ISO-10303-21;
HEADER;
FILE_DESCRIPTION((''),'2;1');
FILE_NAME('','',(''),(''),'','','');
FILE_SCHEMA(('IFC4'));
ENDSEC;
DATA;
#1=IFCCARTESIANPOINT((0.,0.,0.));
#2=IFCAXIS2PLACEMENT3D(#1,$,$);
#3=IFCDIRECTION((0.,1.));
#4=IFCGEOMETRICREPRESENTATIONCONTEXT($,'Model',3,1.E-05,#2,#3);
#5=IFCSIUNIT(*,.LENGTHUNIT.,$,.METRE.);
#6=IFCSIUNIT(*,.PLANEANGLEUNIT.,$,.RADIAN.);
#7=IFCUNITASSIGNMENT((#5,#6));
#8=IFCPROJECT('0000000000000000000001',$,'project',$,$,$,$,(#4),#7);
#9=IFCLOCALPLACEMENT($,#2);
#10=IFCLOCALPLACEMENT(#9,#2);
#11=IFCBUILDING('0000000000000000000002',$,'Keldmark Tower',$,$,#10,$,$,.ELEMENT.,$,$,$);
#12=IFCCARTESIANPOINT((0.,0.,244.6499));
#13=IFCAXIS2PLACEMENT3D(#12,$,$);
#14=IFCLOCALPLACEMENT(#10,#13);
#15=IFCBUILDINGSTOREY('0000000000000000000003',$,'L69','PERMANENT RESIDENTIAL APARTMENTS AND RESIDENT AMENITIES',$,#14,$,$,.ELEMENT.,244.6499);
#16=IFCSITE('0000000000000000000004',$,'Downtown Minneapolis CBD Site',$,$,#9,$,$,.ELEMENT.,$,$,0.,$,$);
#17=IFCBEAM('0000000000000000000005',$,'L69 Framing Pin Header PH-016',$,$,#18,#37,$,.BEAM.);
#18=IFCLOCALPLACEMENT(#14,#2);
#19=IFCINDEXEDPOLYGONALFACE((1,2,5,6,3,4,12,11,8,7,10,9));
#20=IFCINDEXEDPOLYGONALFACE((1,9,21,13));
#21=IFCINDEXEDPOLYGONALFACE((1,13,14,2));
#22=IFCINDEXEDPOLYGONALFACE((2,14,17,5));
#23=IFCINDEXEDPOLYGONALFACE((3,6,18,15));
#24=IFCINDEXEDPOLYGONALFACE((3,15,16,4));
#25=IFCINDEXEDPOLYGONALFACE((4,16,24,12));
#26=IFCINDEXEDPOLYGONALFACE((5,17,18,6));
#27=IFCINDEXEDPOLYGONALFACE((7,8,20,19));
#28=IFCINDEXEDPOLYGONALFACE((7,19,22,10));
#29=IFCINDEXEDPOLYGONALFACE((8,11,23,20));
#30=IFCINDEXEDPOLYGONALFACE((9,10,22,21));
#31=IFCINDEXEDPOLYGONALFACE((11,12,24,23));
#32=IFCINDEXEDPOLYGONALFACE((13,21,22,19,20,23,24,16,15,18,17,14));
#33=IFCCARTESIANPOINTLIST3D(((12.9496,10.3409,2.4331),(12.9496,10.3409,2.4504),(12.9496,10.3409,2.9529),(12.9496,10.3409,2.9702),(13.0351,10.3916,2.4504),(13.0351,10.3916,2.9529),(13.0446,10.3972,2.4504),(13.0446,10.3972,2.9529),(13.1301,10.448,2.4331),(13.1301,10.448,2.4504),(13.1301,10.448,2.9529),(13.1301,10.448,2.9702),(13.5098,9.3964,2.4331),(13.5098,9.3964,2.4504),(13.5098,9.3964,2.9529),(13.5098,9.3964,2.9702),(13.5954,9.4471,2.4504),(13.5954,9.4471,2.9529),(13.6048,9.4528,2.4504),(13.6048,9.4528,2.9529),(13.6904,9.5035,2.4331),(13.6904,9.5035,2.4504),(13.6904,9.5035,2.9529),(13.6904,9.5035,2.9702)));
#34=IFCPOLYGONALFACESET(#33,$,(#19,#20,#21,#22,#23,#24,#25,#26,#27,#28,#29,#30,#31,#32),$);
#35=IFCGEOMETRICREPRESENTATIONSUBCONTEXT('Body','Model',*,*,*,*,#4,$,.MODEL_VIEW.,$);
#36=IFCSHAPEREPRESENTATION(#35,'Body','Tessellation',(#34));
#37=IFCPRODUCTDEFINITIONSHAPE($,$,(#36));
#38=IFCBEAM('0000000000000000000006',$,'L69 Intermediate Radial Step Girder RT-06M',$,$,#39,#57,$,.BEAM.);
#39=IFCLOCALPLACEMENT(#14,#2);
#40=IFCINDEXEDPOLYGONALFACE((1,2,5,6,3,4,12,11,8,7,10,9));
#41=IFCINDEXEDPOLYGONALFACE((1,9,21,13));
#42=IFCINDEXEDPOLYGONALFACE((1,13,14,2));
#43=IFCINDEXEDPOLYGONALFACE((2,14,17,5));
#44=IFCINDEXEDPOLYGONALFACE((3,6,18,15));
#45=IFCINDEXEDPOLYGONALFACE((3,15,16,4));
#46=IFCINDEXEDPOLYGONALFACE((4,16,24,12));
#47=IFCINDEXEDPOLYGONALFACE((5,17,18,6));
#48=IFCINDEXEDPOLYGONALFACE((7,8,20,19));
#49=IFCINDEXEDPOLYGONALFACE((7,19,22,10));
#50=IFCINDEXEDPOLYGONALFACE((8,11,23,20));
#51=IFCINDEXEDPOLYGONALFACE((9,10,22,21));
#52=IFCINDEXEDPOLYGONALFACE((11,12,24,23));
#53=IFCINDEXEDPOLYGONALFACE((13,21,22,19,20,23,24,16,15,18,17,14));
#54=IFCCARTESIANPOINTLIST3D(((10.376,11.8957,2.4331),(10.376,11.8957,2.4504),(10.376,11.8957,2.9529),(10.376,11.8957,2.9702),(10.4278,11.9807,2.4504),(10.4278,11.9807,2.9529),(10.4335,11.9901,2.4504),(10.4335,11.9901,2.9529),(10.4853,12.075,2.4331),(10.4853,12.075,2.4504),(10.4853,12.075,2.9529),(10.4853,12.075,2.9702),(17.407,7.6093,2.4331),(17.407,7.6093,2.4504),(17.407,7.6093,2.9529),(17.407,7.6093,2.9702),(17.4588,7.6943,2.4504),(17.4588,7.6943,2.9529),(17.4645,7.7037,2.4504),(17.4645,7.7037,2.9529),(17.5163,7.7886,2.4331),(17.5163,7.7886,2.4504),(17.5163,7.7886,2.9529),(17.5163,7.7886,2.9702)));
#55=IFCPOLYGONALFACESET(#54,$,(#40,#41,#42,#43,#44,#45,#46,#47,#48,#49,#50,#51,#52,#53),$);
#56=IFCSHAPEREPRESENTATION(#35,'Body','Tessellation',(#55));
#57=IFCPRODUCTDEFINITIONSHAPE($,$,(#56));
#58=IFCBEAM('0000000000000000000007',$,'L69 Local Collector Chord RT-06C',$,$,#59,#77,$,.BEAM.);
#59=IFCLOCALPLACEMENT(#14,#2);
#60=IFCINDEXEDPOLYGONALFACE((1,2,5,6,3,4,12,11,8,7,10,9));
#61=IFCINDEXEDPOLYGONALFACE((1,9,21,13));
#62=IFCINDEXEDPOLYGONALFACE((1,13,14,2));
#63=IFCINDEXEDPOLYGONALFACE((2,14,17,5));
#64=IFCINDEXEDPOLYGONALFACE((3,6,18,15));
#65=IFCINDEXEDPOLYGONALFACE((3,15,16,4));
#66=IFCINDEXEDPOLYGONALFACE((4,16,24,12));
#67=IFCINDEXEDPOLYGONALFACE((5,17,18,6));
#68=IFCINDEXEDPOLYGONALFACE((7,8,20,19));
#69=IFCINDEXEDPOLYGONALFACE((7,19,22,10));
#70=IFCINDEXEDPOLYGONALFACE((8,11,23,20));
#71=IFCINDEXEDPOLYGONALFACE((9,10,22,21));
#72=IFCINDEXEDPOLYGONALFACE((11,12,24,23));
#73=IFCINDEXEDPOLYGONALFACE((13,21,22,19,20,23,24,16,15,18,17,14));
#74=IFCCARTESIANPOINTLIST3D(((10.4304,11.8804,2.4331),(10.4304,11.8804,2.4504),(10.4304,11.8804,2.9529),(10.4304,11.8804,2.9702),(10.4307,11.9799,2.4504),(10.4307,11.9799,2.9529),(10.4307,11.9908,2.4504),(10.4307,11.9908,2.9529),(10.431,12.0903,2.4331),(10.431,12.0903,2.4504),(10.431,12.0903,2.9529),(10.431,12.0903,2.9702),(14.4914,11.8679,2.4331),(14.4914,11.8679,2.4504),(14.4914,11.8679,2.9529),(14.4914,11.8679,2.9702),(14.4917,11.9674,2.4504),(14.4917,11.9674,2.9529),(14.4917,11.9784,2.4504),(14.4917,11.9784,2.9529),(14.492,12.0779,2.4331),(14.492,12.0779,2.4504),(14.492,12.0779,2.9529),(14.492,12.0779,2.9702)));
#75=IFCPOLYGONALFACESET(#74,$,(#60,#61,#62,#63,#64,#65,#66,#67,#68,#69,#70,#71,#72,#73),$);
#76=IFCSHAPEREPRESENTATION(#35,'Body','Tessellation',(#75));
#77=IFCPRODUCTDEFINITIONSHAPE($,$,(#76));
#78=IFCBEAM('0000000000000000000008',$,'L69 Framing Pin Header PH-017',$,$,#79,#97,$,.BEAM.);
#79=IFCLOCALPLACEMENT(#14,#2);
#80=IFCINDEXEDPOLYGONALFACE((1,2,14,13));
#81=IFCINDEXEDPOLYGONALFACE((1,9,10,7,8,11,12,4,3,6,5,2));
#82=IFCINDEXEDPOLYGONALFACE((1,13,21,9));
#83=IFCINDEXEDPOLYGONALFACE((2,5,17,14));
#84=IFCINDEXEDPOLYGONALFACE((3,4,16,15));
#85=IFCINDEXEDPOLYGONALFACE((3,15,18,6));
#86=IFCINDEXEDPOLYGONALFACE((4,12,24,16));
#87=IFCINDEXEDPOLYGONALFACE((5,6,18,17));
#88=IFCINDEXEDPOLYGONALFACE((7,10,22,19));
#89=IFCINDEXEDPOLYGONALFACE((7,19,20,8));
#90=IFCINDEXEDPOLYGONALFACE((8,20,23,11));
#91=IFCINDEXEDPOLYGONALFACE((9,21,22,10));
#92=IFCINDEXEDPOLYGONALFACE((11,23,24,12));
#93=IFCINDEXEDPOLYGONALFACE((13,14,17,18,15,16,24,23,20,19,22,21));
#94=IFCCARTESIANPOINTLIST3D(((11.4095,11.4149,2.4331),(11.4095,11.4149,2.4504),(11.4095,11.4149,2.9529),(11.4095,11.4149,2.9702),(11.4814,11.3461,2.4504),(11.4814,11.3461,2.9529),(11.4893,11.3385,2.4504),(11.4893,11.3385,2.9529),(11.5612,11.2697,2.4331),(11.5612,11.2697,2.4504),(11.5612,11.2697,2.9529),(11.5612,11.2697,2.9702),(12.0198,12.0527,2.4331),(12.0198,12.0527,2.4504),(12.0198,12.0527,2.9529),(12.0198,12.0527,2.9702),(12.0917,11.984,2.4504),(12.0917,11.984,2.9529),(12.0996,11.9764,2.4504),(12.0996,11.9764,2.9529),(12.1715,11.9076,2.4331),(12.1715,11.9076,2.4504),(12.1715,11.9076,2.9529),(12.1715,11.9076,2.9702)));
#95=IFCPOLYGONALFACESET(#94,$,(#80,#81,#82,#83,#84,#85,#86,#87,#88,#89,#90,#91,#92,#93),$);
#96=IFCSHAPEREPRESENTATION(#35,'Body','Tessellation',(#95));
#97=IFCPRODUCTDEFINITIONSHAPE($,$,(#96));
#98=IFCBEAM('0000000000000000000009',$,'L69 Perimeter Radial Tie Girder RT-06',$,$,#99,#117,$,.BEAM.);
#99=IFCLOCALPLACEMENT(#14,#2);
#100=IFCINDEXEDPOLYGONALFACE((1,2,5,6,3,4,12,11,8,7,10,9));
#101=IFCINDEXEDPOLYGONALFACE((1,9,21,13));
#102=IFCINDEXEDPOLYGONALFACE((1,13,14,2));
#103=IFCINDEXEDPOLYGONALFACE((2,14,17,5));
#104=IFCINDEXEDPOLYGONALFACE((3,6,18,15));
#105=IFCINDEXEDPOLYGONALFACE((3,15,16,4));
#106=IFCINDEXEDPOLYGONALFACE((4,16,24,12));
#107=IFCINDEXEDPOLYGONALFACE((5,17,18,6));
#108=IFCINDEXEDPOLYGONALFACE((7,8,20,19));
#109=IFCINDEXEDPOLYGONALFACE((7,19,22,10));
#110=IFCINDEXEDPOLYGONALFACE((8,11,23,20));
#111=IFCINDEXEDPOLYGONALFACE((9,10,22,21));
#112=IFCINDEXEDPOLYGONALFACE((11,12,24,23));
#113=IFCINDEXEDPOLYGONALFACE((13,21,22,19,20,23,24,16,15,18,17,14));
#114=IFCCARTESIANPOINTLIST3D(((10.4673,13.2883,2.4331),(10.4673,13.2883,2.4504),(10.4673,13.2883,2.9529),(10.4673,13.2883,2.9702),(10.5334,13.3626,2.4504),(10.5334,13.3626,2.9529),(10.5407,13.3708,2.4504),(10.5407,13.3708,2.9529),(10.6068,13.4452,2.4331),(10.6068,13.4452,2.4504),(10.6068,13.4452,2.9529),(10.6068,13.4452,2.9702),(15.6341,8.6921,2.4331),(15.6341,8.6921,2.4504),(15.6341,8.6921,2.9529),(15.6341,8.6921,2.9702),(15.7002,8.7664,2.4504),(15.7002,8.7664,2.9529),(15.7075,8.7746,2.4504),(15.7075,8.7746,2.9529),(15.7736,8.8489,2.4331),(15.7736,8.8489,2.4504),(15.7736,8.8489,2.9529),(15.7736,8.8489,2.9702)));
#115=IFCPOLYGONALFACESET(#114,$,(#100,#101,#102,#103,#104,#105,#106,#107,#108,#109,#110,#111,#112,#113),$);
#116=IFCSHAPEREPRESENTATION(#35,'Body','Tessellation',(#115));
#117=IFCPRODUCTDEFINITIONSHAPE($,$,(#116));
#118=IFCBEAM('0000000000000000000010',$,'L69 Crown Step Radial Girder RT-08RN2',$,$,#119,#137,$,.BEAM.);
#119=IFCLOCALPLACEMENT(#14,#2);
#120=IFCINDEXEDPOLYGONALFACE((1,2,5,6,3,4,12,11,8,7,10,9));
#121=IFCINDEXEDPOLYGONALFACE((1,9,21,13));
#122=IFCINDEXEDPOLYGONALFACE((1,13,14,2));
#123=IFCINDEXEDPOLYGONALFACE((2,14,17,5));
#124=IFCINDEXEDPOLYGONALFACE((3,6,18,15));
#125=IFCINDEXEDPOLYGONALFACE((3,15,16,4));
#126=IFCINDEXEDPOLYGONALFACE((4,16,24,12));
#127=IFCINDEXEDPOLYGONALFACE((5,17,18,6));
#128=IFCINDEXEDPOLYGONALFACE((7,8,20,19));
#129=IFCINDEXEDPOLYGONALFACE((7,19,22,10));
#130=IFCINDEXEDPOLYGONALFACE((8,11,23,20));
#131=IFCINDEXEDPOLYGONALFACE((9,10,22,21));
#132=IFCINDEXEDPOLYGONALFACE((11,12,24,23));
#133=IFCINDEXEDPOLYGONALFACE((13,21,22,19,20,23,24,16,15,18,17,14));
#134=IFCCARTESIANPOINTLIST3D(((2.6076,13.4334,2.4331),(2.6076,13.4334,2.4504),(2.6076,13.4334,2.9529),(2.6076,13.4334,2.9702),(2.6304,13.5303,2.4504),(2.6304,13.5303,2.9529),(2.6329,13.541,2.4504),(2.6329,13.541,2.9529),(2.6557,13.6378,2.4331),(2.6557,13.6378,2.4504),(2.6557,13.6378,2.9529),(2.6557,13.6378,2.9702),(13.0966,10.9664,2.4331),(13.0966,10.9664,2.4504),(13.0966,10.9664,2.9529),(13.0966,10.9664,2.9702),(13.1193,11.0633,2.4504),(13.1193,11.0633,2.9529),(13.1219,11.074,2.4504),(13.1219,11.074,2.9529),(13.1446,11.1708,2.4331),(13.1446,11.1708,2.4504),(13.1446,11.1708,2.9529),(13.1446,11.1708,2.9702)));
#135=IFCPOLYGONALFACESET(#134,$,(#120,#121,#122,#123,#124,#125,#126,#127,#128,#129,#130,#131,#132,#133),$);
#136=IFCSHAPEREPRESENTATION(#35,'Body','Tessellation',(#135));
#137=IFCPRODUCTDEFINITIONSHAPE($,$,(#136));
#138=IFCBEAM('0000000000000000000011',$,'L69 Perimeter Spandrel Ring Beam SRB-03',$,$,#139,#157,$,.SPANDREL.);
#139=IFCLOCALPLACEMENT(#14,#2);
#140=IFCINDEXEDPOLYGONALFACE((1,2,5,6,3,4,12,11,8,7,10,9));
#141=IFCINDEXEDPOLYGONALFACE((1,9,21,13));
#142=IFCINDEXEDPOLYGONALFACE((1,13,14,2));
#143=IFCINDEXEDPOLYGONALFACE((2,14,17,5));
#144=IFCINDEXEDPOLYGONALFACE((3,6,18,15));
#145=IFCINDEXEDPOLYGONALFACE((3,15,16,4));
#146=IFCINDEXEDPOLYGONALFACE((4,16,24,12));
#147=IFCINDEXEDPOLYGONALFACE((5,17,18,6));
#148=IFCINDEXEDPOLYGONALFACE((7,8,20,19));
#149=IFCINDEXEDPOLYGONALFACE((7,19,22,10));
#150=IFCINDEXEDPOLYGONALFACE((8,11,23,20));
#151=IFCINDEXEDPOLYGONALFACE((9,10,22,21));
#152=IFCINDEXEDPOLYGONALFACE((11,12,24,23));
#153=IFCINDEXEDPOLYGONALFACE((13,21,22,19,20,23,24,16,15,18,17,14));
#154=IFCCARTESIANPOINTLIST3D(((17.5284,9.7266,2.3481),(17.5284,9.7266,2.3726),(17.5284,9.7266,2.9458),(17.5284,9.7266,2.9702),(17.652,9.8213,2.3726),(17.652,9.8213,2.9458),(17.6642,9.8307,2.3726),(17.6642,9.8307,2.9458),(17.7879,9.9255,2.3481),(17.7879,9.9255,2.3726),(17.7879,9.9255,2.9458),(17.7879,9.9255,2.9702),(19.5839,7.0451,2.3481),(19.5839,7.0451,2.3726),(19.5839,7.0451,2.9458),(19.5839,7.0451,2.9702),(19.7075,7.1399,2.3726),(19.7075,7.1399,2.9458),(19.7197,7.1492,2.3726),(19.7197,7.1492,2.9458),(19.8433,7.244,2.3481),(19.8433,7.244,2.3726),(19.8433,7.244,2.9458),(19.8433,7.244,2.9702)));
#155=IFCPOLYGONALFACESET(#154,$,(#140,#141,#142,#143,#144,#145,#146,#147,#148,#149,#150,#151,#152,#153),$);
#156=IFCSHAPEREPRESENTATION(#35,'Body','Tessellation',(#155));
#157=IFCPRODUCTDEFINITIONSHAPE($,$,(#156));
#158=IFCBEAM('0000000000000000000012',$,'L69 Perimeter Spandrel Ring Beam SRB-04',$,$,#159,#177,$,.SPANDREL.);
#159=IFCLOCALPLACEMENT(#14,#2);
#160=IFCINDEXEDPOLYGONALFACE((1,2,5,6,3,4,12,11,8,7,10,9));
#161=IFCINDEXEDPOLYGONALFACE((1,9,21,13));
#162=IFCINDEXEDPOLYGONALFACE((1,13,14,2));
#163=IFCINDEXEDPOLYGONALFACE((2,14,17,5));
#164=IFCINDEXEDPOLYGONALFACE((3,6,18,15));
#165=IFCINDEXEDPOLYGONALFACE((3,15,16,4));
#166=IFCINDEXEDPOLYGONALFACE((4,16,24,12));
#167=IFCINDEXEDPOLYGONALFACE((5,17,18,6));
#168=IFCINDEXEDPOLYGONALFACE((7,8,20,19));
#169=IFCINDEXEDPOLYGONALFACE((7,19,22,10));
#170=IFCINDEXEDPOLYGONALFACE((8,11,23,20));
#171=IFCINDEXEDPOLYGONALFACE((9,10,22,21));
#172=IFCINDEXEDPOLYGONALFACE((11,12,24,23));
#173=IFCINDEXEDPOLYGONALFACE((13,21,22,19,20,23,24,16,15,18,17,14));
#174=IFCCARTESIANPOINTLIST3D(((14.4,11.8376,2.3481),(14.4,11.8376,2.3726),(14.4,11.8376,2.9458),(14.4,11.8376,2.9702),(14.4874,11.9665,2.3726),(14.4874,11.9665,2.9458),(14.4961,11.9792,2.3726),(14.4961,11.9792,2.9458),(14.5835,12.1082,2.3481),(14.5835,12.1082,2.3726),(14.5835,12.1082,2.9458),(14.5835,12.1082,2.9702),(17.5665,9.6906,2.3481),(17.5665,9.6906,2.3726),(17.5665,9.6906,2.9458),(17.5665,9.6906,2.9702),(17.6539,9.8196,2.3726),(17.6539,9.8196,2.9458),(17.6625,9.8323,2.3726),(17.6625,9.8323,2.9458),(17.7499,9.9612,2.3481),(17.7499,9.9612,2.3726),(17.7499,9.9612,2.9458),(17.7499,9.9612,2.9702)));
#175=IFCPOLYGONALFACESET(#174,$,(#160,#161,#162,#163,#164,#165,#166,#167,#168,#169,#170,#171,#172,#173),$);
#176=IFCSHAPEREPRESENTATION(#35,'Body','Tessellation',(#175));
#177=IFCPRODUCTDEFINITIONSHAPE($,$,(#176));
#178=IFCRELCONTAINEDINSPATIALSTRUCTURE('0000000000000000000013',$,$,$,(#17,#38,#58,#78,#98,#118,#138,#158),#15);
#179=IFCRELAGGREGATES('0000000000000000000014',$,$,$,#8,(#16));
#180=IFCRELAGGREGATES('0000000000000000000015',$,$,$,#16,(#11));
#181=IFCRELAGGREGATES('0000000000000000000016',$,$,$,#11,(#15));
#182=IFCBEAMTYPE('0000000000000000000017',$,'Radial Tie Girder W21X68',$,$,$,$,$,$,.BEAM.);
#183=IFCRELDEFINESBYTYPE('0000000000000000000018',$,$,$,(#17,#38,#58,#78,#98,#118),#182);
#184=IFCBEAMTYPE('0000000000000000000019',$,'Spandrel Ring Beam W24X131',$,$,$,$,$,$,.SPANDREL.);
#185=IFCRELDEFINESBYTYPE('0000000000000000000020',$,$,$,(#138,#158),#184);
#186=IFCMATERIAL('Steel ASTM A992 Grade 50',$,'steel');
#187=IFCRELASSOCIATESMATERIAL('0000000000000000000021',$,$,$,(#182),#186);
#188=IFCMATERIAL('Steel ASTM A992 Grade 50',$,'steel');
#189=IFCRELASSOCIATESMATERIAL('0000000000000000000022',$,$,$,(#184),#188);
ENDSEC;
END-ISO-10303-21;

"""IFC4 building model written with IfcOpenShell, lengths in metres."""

from ifc_helpers import new_model, si_unit, direction, frame, origin, origin_2d, place, context, subcontext, project, spatial, i_section, extrude, material, material_profile, profile_set, type_object, element, save


model = new_model("IFC4")

# Units and contexts
model_context = context("Model", 3, precision=1e-05, world=origin(), true_north=direction((0.0, 1.0)))
body_context = subcontext(model_context, "Body", "Model", "MODEL_VIEW")
ifc_project = project(units=[si_unit("LENGTHUNIT", "METRE"), si_unit("PLANEANGLEUNIT", "RADIAN")], contexts=[model_context])

# Site, building, storey
site_placement = place(None, origin())
site = spatial("IfcSite", under=ifc_project, at=site_placement, Name="Downtown Minneapolis CBD Site", CompositionType="ELEMENT", RefElevation=0.0)
building_placement = place(site_placement, origin())
building = spatial("IfcBuilding", under=site, at=building_placement, Name="Keldmark Tower", CompositionType="ELEMENT")
storey_placement = place(building_placement, frame((0.0, 0.0, 244.6499)))
storey = spatial("IfcBuildingStorey", under=building, at=storey_placement, Name="L69", Description="PERMANENT RESIDENTIAL APARTMENTS AND RESIDENT AMENITIES", CompositionType="ELEMENT", Elevation=244.6499)

# Beams
ifc_material_1 = material(Name="Steel ASTM A992 Grade 50", Category="steel")
ifc_material_profile_1 = material_profile(ifc_material_1, i_section(OverallWidth=0.21, OverallDepth=0.5371, WebThickness=0.011, FlangeThickness=0.0173, at=origin_2d()), Name="W21X68")
ifc_profile_set_1 = profile_set([ifc_material_profile_1], Name="Steel ASTM A992 Grade 50")
beam_type_1 = type_object("IfcBeamType", Name="Radial Tie Girder W21X68", PredefinedType="BEAM", material=ifc_profile_set_1)
beam_1_placement = place(storey_placement, frame((13.6001, 9.45, 2.7017), z_axis=(-0.510174, 0.860071, 0.0), x_axis=(-0.860071, -0.510174, 0.0)))
element("IfcBeam", 1, at=beam_1_placement, inside=storey, type_object=beam_type_1, Name="L69 Framing Pin Header PH-016", PredefinedType="BEAM", context=body_context, shape_type="SweptSolid", body=[
    extrude(i_section(OverallWidth=0.21, OverallDepth=0.5371, WebThickness=0.011, FlangeThickness=0.0173, at=origin_2d()), origin(), (0.0, 0.0, 1.0), 1.0981),
])
beam_2_placement = place(storey_placement, frame((17.4617, 7.699, 2.7017), z_axis=(-0.853841, 0.520535, 0.0), x_axis=(-0.520535, -0.853841, 0.0)))
element("IfcBeam", 2, at=beam_2_placement, inside=storey, type_object=beam_type_1, Name="L69 Intermediate Radial Step Girder RT-06M", PredefinedType="BEAM", context=body_context, shape_type="SweptSolid", body=[
    extrude(i_section(OverallWidth=0.21, OverallDepth=0.5371, WebThickness=0.011, FlangeThickness=0.0173, at=origin_2d()), origin(), (0.0, 0.0, 1.0), 8.2346),
])
beam_3_placement = place(storey_placement, frame((14.4917, 11.9729, 2.7017), z_axis=(-0.999995, 0.003066, 0.0), x_axis=(-0.003066, -0.999995, 0.0)))
element("IfcBeam", 3, at=beam_3_placement, inside=storey, type_object=beam_type_1, Name="L69 Local Collector Chord RT-06C", PredefinedType="BEAM", context=body_context, shape_type="SweptSolid", body=[
    extrude(i_section(OverallWidth=0.21, OverallDepth=0.5371, WebThickness=0.011, FlangeThickness=0.0173, at=origin_2d()), origin(), (0.0, 0.0, 1.0), 4.061),
])
beam_4_placement = place(storey_placement, frame((11.4854, 11.3423, 2.7017), z_axis=(0.691311, 0.722558, 0.0), x_axis=(-0.722558, 0.691311, 0.0)))
element("IfcBeam", 4, at=beam_4_placement, inside=storey, type_object=beam_type_1, Name="L69 Framing Pin Header PH-017", PredefinedType="BEAM", context=body_context, shape_type="SweptSolid", body=[
    extrude(i_section(OverallWidth=0.21, OverallDepth=0.5371, WebThickness=0.011, FlangeThickness=0.0173, at=origin_2d()), origin(), (0.0, 0.0, 1.0), 0.8828),
])
beam_5_placement = place(storey_placement, frame((15.7039, 8.7705, 2.7017), z_axis=(-0.747156, 0.664649, 0.0), x_axis=(-0.664649, -0.747156, 0.0)))
element("IfcBeam", 5, at=beam_5_placement, inside=storey, type_object=beam_type_1, Name="L69 Perimeter Radial Tie Girder RT-06", PredefinedType="BEAM", context=body_context, shape_type="SweptSolid", body=[
    extrude(i_section(OverallWidth=0.21, OverallDepth=0.5371, WebThickness=0.011, FlangeThickness=0.0173, at=origin_2d()), origin(), (0.0, 0.0, 1.0), 6.9153),
])
beam_6_placement = place(storey_placement, frame((13.1206, 11.0686, 2.7017), z_axis=(-0.973437, 0.228955, 0.0), x_axis=(-0.228955, -0.973437, 0.0)))
element("IfcBeam", 6, at=beam_6_placement, inside=storey, type_object=beam_type_1, Name="L69 Crown Step Radial Girder RT-08RN2", PredefinedType="BEAM", context=body_context, shape_type="SweptSolid", body=[
    extrude(i_section(OverallWidth=0.21, OverallDepth=0.5371, WebThickness=0.011, FlangeThickness=0.0173, at=origin_2d()), origin(), (0.0, 0.0, 1.0), 10.7751),
])
ifc_material_2 = material(Name="Steel ASTM A992 Grade 50", Category="steel")
ifc_material_profile_2 = material_profile(ifc_material_2, i_section(OverallWidth=0.3269, OverallDepth=0.6221, WebThickness=0.0154, FlangeThickness=0.0244, at=origin_2d()), Name="W24X131")
ifc_profile_set_2 = profile_set([ifc_material_profile_2], Name="Steel ASTM A992 Grade 50")
beam_type_2 = type_object("IfcBeamType", Name="Spandrel Ring Beam W24X131", PredefinedType="SPANDREL", material=ifc_profile_set_2)
beam_7_placement = place(storey_placement, frame((19.7136, 7.1445, 2.6592), z_axis=(-0.608372, 0.793652, 0.0), x_axis=(-0.793652, -0.608372, 0.0)))
element("IfcBeam", 7, at=beam_7_placement, inside=storey, type_object=beam_type_2, Name="L69 Perimeter Spandrel Ring Beam SRB-03", PredefinedType="SPANDREL", context=body_context, shape_type="SweptSolid", body=[
    extrude(i_section(OverallWidth=0.3269, OverallDepth=0.6221, WebThickness=0.0154, FlangeThickness=0.0244, at=origin_2d()), origin(), (0.0, 0.0, 1.0), 3.3787),
])
beam_8_placement = place(storey_placement, frame((17.6582, 9.8259, 2.6592), z_axis=(-0.827685, 0.561192, 0.0), x_axis=(-0.561192, -0.827685, 0.0)))
element("IfcBeam", 8, at=beam_8_placement, inside=storey, type_object=beam_type_2, Name="L69 Perimeter Spandrel Ring Beam SRB-04", PredefinedType="SPANDREL", context=body_context, shape_type="SweptSolid", body=[
    extrude(i_section(OverallWidth=0.3269, OverallDepth=0.6221, WebThickness=0.0154, FlangeThickness=0.0244, at=origin_2d()), origin(), (0.0, 0.0, 1.0), 3.8257),
])

save(model, "model.ifc")
